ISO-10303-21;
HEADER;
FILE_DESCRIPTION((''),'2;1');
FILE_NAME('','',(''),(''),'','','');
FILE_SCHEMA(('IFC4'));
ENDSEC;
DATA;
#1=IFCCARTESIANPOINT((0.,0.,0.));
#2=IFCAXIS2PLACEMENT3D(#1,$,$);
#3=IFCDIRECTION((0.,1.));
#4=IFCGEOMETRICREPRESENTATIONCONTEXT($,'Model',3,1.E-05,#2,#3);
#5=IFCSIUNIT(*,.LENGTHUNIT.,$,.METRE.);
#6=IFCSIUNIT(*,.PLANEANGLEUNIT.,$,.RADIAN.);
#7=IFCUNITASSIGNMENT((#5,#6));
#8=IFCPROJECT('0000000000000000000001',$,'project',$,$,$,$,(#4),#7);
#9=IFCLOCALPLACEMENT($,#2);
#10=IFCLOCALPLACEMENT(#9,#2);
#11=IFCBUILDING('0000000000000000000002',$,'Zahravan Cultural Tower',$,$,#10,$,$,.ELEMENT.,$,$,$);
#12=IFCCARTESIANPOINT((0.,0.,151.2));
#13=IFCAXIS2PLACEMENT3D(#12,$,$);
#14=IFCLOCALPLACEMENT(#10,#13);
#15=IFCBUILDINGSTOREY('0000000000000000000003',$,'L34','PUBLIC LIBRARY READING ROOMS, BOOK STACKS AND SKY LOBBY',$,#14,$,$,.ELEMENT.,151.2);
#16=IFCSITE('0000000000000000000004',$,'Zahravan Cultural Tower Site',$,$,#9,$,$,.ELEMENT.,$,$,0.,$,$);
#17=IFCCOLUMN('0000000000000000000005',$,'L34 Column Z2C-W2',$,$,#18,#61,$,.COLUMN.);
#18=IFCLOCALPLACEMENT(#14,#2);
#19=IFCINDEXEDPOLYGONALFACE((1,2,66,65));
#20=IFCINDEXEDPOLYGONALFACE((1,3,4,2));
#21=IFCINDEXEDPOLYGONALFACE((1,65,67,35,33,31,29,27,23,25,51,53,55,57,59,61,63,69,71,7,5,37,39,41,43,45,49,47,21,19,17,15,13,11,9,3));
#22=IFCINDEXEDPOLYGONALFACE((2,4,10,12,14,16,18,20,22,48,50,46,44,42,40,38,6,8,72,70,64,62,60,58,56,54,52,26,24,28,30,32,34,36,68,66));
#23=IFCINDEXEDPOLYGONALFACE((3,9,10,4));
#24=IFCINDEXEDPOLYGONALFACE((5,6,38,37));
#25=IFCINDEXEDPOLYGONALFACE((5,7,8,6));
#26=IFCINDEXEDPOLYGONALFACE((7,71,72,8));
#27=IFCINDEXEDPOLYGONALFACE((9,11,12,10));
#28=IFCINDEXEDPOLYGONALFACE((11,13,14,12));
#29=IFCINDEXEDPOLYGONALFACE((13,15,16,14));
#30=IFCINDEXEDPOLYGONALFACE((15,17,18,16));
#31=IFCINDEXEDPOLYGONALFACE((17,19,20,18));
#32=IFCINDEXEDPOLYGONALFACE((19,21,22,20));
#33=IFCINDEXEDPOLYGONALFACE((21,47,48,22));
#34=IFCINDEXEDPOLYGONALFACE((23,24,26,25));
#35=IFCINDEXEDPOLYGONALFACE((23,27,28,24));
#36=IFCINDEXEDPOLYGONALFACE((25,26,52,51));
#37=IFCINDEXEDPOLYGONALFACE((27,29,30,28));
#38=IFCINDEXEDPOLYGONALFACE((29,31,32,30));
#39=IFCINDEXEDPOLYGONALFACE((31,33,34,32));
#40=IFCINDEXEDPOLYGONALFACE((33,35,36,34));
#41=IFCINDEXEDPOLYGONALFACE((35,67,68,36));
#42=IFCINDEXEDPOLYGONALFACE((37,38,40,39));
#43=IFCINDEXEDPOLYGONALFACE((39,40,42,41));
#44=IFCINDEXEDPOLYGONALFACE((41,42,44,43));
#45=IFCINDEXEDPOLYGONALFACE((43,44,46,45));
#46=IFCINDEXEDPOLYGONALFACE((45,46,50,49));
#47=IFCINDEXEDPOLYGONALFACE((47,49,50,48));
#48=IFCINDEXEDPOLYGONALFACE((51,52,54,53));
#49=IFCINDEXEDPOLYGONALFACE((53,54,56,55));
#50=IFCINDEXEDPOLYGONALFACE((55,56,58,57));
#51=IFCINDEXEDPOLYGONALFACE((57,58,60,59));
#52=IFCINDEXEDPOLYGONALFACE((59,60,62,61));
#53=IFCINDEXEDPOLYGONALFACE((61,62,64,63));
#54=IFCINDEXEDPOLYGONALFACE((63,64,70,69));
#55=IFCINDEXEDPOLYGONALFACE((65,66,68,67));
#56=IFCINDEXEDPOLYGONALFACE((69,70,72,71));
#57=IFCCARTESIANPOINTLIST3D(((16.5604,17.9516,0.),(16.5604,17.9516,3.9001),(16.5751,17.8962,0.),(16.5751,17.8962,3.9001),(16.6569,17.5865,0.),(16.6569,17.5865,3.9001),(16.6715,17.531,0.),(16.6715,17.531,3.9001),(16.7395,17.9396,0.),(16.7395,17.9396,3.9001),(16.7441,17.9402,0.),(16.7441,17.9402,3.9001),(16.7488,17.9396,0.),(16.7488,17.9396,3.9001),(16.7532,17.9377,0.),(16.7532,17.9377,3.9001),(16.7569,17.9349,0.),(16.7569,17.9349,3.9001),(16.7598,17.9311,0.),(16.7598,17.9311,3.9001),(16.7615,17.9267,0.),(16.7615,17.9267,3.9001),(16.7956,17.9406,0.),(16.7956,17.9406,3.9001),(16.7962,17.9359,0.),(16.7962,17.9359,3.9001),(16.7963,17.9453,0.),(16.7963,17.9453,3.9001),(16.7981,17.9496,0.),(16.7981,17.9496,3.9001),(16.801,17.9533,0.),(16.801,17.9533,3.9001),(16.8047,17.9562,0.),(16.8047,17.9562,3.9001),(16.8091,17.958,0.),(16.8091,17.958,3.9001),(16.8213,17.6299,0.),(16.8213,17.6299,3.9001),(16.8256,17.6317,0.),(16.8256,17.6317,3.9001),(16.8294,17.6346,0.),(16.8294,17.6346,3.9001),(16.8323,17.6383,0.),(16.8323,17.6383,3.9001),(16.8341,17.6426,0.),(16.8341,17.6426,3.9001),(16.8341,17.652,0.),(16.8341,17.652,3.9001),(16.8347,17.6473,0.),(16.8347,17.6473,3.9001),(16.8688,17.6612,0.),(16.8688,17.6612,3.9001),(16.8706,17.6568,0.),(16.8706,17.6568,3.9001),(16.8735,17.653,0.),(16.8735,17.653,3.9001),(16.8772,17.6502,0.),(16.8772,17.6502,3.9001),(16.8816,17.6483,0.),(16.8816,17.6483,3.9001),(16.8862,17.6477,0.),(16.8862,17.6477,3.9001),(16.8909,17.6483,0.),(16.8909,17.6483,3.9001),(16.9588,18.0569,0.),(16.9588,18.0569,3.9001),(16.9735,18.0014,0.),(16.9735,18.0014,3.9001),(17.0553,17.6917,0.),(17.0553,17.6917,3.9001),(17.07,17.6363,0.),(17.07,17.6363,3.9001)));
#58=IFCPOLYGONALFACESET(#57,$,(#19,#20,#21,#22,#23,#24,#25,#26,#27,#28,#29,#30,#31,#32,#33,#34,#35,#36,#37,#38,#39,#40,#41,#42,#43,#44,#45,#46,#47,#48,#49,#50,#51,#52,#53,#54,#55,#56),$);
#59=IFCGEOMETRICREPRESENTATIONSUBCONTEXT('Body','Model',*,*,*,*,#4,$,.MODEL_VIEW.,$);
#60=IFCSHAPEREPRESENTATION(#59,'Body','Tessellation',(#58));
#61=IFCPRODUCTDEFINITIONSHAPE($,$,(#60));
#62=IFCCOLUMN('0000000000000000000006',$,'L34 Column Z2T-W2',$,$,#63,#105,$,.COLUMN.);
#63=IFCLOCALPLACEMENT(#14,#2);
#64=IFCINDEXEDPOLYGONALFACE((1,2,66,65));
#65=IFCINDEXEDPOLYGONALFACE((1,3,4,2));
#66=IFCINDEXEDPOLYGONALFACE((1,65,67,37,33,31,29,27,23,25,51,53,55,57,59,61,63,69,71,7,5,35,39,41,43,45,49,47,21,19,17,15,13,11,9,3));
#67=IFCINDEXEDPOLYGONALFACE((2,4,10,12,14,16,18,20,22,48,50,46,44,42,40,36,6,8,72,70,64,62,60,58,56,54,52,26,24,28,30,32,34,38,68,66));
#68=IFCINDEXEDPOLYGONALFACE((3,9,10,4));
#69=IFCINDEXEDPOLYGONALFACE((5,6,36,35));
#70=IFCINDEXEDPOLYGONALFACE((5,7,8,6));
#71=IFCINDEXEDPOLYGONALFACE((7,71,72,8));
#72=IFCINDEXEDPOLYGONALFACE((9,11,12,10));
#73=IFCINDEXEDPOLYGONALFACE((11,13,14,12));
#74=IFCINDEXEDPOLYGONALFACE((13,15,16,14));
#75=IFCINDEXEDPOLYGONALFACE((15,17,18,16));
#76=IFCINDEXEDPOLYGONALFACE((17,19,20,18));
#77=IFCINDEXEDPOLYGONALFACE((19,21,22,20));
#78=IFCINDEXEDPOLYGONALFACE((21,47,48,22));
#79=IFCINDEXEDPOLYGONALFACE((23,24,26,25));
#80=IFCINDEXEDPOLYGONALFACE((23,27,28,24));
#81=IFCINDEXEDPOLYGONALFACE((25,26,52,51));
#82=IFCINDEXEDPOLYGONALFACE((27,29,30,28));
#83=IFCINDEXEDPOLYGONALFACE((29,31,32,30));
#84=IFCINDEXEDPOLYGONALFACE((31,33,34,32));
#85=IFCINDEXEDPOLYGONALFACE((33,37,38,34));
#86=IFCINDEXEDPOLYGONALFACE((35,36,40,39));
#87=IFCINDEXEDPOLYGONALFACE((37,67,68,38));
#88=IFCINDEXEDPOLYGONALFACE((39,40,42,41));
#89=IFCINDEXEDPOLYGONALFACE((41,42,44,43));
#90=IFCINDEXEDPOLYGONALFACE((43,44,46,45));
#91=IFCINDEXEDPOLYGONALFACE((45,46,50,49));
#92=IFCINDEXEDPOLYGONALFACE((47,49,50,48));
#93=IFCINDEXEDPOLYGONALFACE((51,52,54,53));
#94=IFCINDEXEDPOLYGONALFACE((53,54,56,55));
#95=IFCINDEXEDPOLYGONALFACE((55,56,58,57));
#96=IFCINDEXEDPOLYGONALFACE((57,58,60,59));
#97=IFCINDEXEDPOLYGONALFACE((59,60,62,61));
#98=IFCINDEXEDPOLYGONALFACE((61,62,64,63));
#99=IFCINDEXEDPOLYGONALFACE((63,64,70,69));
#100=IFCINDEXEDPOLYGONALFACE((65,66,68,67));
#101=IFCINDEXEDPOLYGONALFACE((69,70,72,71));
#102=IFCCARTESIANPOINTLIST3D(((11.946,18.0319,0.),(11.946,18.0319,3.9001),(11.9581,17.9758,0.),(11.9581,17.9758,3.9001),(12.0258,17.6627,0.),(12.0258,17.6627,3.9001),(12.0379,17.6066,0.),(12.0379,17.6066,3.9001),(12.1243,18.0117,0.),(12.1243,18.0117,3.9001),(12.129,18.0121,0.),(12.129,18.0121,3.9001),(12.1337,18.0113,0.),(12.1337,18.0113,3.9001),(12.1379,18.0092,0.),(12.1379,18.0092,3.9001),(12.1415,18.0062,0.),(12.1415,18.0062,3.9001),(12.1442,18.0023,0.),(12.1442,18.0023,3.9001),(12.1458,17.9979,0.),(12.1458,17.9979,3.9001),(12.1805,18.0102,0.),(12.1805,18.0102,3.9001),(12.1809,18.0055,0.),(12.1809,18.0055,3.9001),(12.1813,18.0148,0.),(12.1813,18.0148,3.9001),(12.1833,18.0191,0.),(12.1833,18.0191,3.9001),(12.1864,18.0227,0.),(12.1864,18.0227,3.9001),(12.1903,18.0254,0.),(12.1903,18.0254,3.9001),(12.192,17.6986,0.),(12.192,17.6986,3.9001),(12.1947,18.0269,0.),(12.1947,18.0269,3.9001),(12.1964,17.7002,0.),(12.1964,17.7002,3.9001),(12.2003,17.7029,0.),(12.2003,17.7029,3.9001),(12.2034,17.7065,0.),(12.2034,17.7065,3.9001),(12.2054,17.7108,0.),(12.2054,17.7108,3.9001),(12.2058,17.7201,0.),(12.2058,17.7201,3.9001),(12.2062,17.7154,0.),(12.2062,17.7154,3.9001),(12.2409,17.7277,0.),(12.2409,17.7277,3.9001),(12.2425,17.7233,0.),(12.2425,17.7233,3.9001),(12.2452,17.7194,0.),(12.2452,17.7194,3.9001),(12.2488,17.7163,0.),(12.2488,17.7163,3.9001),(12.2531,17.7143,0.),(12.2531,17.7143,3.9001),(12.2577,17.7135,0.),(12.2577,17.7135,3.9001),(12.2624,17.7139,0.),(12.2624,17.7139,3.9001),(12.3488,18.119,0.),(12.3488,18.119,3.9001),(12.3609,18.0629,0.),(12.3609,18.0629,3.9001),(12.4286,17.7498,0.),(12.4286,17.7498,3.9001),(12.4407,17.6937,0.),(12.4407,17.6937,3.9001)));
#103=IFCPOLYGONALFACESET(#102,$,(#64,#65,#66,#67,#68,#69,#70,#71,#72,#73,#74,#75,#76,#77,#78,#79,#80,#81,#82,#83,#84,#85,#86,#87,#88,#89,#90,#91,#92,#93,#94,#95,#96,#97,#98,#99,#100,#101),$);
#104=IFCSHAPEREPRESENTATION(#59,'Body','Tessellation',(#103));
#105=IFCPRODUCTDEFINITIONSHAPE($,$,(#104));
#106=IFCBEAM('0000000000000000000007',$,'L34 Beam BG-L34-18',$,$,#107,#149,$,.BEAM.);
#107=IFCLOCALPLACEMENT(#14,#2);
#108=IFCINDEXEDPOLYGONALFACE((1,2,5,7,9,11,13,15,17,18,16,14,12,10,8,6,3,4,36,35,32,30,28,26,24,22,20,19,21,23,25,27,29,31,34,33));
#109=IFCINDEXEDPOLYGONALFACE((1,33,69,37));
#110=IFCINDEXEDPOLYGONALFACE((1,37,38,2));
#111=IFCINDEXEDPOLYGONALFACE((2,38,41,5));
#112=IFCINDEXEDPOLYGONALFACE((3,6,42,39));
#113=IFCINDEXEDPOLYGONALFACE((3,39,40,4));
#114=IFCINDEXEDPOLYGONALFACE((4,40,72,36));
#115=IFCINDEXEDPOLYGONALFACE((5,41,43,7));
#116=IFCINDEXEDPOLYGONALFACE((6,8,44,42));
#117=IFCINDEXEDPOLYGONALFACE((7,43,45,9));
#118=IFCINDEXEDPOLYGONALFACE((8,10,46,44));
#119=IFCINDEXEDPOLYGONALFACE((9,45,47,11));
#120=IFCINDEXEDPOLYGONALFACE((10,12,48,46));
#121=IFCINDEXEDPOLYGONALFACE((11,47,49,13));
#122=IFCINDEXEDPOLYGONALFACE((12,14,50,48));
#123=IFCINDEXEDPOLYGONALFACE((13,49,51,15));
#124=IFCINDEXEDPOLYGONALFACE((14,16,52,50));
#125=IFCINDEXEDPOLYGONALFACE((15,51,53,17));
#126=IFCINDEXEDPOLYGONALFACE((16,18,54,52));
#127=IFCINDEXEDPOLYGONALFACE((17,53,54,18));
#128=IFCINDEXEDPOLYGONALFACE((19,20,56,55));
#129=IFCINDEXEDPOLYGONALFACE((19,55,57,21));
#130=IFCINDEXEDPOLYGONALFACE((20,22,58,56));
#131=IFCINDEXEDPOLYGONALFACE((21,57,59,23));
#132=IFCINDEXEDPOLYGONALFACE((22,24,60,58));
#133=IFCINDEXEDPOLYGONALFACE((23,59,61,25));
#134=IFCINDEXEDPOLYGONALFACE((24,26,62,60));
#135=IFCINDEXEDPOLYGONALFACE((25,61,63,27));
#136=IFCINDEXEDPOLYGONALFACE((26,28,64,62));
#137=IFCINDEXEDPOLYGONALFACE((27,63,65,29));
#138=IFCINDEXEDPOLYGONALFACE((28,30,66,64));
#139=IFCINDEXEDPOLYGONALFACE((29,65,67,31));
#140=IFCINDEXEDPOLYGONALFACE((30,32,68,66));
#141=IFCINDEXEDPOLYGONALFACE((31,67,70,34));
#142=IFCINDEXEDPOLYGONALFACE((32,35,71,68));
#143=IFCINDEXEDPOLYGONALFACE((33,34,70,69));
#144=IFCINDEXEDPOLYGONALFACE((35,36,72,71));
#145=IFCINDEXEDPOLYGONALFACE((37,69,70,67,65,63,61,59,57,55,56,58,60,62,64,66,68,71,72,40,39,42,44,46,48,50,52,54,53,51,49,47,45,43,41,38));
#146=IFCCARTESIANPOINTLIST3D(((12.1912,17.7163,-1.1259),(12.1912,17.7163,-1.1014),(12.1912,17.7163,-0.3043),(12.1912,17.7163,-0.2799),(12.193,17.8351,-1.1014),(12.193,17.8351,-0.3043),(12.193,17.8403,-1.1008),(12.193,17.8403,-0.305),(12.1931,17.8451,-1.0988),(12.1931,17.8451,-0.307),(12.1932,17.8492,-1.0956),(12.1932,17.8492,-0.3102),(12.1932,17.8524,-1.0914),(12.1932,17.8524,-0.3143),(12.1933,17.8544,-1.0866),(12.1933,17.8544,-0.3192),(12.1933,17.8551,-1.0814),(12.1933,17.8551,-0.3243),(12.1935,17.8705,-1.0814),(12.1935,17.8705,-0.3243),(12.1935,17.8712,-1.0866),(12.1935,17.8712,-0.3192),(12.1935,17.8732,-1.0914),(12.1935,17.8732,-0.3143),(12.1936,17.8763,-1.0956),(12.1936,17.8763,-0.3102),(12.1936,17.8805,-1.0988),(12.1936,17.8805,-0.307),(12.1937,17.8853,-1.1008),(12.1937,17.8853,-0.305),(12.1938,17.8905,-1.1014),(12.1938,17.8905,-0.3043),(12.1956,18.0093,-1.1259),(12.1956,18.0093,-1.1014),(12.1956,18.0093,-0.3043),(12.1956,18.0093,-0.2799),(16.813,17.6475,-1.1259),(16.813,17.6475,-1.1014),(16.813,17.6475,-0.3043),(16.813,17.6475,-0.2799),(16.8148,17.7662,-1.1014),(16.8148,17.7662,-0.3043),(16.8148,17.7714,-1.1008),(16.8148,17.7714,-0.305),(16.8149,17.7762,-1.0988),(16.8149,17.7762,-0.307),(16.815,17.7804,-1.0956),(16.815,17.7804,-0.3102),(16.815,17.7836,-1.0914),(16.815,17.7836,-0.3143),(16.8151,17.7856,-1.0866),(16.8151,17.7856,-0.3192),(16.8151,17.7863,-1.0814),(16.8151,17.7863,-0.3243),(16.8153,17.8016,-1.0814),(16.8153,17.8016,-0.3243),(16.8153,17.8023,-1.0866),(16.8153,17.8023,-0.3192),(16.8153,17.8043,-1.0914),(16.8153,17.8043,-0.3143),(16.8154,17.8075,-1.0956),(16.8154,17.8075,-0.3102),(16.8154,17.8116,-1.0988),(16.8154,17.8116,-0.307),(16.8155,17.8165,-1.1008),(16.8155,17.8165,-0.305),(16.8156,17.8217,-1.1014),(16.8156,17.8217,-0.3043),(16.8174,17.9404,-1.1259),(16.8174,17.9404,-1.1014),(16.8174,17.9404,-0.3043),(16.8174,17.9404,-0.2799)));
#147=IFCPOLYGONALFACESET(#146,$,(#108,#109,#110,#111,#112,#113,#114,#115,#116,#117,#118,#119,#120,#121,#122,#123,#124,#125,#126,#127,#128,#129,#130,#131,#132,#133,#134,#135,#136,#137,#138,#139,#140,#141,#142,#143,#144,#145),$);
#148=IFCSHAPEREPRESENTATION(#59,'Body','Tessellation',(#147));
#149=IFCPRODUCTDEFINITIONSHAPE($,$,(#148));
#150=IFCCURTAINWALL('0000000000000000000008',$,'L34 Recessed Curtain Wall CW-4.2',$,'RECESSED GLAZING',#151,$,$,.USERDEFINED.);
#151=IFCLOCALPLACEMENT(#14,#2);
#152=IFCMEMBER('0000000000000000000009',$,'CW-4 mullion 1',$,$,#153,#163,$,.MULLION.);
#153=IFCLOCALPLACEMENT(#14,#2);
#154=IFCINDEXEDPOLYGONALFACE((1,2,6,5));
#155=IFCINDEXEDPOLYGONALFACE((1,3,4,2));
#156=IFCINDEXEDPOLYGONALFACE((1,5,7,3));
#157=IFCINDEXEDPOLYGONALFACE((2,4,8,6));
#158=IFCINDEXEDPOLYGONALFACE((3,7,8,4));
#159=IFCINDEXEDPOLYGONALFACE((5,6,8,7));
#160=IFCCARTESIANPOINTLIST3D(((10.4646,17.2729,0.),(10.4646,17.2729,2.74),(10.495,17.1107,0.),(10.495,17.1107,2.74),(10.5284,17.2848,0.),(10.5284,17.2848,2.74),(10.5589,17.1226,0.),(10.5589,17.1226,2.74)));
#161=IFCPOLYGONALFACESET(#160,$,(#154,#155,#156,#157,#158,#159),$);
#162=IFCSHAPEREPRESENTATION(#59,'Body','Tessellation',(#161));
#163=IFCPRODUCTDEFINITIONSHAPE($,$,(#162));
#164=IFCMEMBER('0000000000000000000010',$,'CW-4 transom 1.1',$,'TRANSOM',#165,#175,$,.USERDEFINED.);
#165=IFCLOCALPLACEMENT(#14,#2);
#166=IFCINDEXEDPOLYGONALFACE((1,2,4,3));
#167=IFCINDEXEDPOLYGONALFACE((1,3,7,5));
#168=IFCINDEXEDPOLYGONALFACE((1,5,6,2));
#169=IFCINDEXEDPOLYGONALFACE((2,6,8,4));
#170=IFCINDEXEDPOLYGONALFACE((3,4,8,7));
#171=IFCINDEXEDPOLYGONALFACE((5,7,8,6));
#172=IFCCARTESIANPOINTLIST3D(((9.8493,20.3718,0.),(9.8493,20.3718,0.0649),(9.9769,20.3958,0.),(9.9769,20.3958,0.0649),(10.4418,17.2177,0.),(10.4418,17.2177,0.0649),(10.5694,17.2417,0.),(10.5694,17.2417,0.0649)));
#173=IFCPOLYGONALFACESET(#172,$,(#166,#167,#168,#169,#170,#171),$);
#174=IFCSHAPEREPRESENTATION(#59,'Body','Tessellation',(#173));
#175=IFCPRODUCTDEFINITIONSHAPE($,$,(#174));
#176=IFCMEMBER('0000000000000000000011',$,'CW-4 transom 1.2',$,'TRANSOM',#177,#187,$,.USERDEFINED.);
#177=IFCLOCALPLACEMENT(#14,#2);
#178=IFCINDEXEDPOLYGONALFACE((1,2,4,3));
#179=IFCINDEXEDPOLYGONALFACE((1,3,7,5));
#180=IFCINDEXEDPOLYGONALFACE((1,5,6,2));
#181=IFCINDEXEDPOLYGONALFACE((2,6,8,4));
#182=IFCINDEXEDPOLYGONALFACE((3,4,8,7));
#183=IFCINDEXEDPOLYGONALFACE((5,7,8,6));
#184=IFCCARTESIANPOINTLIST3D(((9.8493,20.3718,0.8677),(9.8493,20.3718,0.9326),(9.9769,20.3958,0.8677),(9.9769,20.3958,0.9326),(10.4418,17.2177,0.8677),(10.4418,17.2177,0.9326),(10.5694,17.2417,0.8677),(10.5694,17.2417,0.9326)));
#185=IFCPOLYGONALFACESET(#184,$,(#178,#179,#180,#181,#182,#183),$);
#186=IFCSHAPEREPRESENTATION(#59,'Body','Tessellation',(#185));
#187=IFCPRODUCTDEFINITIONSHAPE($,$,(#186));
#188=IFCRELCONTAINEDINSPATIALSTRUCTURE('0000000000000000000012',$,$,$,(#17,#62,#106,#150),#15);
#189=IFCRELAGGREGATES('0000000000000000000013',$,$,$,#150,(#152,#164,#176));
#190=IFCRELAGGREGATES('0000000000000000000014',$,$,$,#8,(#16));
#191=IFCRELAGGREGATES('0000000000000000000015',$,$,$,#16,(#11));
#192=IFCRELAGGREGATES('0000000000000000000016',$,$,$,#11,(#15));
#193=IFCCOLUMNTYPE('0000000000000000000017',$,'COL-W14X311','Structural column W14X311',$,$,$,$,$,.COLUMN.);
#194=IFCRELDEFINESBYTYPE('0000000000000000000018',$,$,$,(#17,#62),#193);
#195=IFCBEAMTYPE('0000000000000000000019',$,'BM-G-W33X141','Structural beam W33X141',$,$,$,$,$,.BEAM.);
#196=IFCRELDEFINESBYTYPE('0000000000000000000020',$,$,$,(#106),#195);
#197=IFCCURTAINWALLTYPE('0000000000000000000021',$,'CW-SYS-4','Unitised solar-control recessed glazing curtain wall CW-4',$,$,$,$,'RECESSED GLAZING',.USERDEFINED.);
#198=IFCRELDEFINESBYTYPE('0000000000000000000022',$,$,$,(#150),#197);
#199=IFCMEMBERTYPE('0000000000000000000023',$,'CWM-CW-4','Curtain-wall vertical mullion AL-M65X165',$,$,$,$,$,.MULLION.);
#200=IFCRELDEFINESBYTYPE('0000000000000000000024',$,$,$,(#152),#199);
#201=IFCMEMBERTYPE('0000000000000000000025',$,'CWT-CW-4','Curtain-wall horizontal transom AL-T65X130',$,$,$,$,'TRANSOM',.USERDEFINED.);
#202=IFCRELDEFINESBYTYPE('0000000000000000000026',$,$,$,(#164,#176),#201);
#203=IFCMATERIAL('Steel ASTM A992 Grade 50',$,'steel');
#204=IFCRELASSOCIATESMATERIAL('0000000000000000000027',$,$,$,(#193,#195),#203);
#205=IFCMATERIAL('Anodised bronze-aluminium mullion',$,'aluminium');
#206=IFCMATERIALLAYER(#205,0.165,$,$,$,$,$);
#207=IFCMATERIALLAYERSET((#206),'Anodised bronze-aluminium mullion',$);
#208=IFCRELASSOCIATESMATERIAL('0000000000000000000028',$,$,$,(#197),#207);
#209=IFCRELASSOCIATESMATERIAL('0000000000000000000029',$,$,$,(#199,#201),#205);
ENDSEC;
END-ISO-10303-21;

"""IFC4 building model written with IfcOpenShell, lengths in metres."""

from ifc_helpers import new_model, si_unit, direction, frame, origin, origin_2d, place, context, subcontext, project, spatial, rectangle, i_section, extrude, source, transform, mapped, material, layer, layer_set, material_profile, profile_set, type_object, element, aggregate, save


model = new_model("IFC4")

# Units and contexts
model_context = context("Model", 3, precision=1e-05, world=origin(), true_north=direction((0.0, 1.0)))
body_context = subcontext(model_context, "Body", "Model", "MODEL_VIEW")
ifc_project = project(units=[si_unit("LENGTHUNIT", "METRE"), si_unit("PLANEANGLEUNIT", "RADIAN")], contexts=[model_context])

# Site, building, storey
site_placement = place(None, origin())
site = spatial("IfcSite", under=ifc_project, at=site_placement, Name="Zahravan Cultural Tower Site", CompositionType="ELEMENT", RefElevation=0.0)
building_placement = place(site_placement, origin())
building = spatial("IfcBuilding", under=site, at=building_placement, Name="Zahravan Cultural Tower", CompositionType="ELEMENT")
storey_placement = place(building_placement, frame((0.0, 0.0, 151.2)))
storey = spatial("IfcBuildingStorey", under=building, at=storey_placement, Name="L34", Description="PUBLIC LIBRARY READING ROOMS, BOOK STACKS AND SKY LOBBY", CompositionType="ELEMENT", Elevation=151.2)

# Columns
ifc_material_1 = material(Name="Steel ASTM A992 Grade 50", Category="steel")
ifc_material_profile_1 = material_profile(ifc_material_1, i_section(OverallWidth=0.4121, OverallDepth=0.4351, WebThickness=0.0359, FlangeThickness=0.0574, FilletRadius=0.0181, at=origin_2d()), Name="W14X311")
ifc_profile_set_1 = profile_set([ifc_material_profile_1], Name="Steel ASTM A992 Grade 50")
column_type = type_object("IfcColumnType", Name="COL-W14X311", Description="Structural column W14X311", PredefinedType="COLUMN", material=ifc_profile_set_1)
shared_shape_1 = source(origin(), body_context, "Body", "SweptSolid", [
    extrude(i_section(OverallWidth=0.4121, OverallDepth=0.4351, WebThickness=0.0359, FlangeThickness=0.0574, FilletRadius=0.0181, at=origin_2d()), origin(), (0.0, 0.0, 1.0), 3.9001),
])
for number, where, z_axis, x_axis, name in (
    (1, (16.8152, 17.7939, 0.0), (0.0, 0.0, 1.0), (0.966823, 0.255446, 0.0), "L34 Column Z2C-W2"),
    (2, (12.1934, 17.8628, 0.0), (0.0, 0.0, 1.0), (0.977416, 0.211325, 0.0), "L34 Column Z2T-W2"),
):
    element("IfcColumn", number, at=place(storey_placement, frame(where, z_axis=z_axis, x_axis=x_axis)), inside=storey, type_object=column_type, Name=name, PredefinedType="COLUMN", context=body_context, shape_type="MappedRepresentation", body=[
        mapped(shared_shape_1, transform((0.0, 0.0, 0.0), x_axis=(1.0, 0.0, 0.0), y_axis=(0.0, 1.0, 0.0), z_axis=(0.0, 0.0, 1.0), scale=1.0)),
    ])

# Beam
ifc_material_profile_2 = material_profile(ifc_material_1, i_section(OverallWidth=0.293, OverallDepth=0.8459, WebThickness=0.0154, FlangeThickness=0.0244, FilletRadius=0.02, at=origin_2d()), Name="W33X141")
ifc_profile_set_2 = profile_set([ifc_material_profile_2], Name="Steel ASTM A992 Grade 50")
beam_type = type_object("IfcBeamType", Name="BM-G-W33X141", Description="Structural beam W33X141", PredefinedType="BEAM", material=ifc_profile_set_2)
shared_shape_2 = source(origin(), body_context, "Body", "SweptSolid", [
    extrude(i_section(OverallWidth=0.293, OverallDepth=0.8459, WebThickness=0.0154, FlangeThickness=0.0244, FilletRadius=0.02, at=origin_2d()), origin(), (0.0, 0.0, 1.0), 4.6223),
])
beam_placement = place(storey_placement, frame((16.8152, 17.7939, -0.7029), z_axis=(-0.999889, 0.014895, 0.0), x_axis=(-0.014895, -0.999889, 0.0)))
element("IfcBeam", 3, at=beam_placement, inside=storey, type_object=beam_type, Name="L34 Beam BG-L34-18", PredefinedType="BEAM", context=body_context, shape_type="MappedRepresentation", body=[
    mapped(shared_shape_2, transform((0.0, 0.0, 0.0), x_axis=(1.0, 0.0, 0.0), y_axis=(0.0, 1.0, 0.0), z_axis=(0.0, 0.0, 1.0), scale=1.0)),
])

# Curtain wall, members
ifc_material_2 = material(Name="Anodised bronze-aluminium mullion", Category="aluminium")
ifc_layer_1 = layer(ifc_material_2, 0.165)
ifc_layer_set_1 = layer_set([ifc_layer_1], Name="Anodised bronze-aluminium mullion")
curtain_wall_type = type_object("IfcCurtainWallType", Name="CW-SYS-4", Description="Unitised solar-control recessed glazing curtain wall CW-4", ElementType="RECESSED GLAZING", PredefinedType="USERDEFINED", material=ifc_layer_set_1)
curtain_wall_placement = place(storey_placement, origin())
curtain_wall = element("IfcCurtainWall", 4, at=curtain_wall_placement, inside=storey, type_object=curtain_wall_type, Name="L34 Recessed Curtain Wall CW-4.2", ObjectType="RECESSED GLAZING", PredefinedType="USERDEFINED")
ifc_material_profile_3 = material_profile(ifc_material_2, rectangle(XDim=0.0649, YDim=0.165, at=origin_2d()), Name="AL-M65X165")
ifc_profile_set_3 = profile_set([ifc_material_profile_3], Name="Anodised bronze-aluminium mullion")
member_type_1 = type_object("IfcMemberType", Name="CWM-CW-4", Description="Curtain-wall vertical mullion AL-M65X165", PredefinedType="MULLION", material=ifc_profile_set_3)
shared_shape_3 = source(origin(), body_context, "Body", "SweptSolid", [
    extrude(rectangle(XDim=0.0649, YDim=0.165, at=origin_2d()), origin(), (0.0, 0.0, 1.0), 2.74),
])
member_1_placement = place(storey_placement, frame((10.5117, 17.1978, 0.0), z_axis=(0.0, 0.0, 1.0), x_axis=(-0.982807, -0.184638, 0.0)))
member_1 = element("IfcMember", 5, at=member_1_placement, type_object=member_type_1, Name="CW-4 mullion 1", PredefinedType="MULLION", context=body_context, shape_type="MappedRepresentation", body=[
    mapped(shared_shape_3, transform((0.0, 0.0, 0.0), x_axis=(1.0, 0.0, 0.0), y_axis=(0.0, 1.0, 0.0), z_axis=(0.0, 0.0, 1.0), scale=1.0)),
])
ifc_material_profile_4 = material_profile(ifc_material_2, rectangle(XDim=0.1299, YDim=0.0649, at=origin_2d()), Name="AL-T65X130")
ifc_profile_set_4 = profile_set([ifc_material_profile_4], Name="Anodised bronze-aluminium mullion")
member_type_2 = type_object("IfcMemberType", Name="CWT-CW-4", Description="Curtain-wall horizontal transom AL-T65X130", ElementType="TRANSOM", PredefinedType="USERDEFINED", material=ifc_profile_set_4)
shared_shape_4 = source(origin(), body_context, "Body", "SweptSolid", [
    extrude(rectangle(XDim=0.1299, YDim=0.0649, at=origin_2d()), origin(), (0.0, 0.0, 1.0), 3.2092),
])
member_2_placement = place(storey_placement, frame((10.5056, 17.2297, 0.0325), z_axis=(-0.184633, 0.982808, 0.0), x_axis=(-0.982808, -0.184633, 0.0)))
member_2 = element("IfcMember", 6, at=member_2_placement, type_object=member_type_2, Name="CW-4 transom 1.1", ObjectType="TRANSOM", PredefinedType="USERDEFINED", context=body_context, shape_type="MappedRepresentation", body=[
    mapped(shared_shape_4, transform((0.0, 0.0, 0.0), x_axis=(1.0, 0.0, 0.0), y_axis=(0.0, 1.0, 0.0), z_axis=(0.0, 0.0, 1.0), scale=1.0)),
])
member_3_placement = place(storey_placement, frame((10.5056, 17.2297, 0.9001), z_axis=(-0.184633, 0.982808, 0.0), x_axis=(-0.982808, -0.184633, 0.0)))
member_3 = element("IfcMember", 7, at=member_3_placement, type_object=member_type_2, Name="CW-4 transom 1.2", ObjectType="TRANSOM", PredefinedType="USERDEFINED", context=body_context, shape_type="MappedRepresentation", body=[
    mapped(shared_shape_4, transform((0.0, 0.0, 0.0), x_axis=(1.0, 0.0, 0.0), y_axis=(0.0, 1.0, 0.0), z_axis=(0.0, 0.0, 1.0), scale=1.0)),
])

aggregate(curtain_wall, [member_1, member_2, member_3])

save(model, "model.ifc")
